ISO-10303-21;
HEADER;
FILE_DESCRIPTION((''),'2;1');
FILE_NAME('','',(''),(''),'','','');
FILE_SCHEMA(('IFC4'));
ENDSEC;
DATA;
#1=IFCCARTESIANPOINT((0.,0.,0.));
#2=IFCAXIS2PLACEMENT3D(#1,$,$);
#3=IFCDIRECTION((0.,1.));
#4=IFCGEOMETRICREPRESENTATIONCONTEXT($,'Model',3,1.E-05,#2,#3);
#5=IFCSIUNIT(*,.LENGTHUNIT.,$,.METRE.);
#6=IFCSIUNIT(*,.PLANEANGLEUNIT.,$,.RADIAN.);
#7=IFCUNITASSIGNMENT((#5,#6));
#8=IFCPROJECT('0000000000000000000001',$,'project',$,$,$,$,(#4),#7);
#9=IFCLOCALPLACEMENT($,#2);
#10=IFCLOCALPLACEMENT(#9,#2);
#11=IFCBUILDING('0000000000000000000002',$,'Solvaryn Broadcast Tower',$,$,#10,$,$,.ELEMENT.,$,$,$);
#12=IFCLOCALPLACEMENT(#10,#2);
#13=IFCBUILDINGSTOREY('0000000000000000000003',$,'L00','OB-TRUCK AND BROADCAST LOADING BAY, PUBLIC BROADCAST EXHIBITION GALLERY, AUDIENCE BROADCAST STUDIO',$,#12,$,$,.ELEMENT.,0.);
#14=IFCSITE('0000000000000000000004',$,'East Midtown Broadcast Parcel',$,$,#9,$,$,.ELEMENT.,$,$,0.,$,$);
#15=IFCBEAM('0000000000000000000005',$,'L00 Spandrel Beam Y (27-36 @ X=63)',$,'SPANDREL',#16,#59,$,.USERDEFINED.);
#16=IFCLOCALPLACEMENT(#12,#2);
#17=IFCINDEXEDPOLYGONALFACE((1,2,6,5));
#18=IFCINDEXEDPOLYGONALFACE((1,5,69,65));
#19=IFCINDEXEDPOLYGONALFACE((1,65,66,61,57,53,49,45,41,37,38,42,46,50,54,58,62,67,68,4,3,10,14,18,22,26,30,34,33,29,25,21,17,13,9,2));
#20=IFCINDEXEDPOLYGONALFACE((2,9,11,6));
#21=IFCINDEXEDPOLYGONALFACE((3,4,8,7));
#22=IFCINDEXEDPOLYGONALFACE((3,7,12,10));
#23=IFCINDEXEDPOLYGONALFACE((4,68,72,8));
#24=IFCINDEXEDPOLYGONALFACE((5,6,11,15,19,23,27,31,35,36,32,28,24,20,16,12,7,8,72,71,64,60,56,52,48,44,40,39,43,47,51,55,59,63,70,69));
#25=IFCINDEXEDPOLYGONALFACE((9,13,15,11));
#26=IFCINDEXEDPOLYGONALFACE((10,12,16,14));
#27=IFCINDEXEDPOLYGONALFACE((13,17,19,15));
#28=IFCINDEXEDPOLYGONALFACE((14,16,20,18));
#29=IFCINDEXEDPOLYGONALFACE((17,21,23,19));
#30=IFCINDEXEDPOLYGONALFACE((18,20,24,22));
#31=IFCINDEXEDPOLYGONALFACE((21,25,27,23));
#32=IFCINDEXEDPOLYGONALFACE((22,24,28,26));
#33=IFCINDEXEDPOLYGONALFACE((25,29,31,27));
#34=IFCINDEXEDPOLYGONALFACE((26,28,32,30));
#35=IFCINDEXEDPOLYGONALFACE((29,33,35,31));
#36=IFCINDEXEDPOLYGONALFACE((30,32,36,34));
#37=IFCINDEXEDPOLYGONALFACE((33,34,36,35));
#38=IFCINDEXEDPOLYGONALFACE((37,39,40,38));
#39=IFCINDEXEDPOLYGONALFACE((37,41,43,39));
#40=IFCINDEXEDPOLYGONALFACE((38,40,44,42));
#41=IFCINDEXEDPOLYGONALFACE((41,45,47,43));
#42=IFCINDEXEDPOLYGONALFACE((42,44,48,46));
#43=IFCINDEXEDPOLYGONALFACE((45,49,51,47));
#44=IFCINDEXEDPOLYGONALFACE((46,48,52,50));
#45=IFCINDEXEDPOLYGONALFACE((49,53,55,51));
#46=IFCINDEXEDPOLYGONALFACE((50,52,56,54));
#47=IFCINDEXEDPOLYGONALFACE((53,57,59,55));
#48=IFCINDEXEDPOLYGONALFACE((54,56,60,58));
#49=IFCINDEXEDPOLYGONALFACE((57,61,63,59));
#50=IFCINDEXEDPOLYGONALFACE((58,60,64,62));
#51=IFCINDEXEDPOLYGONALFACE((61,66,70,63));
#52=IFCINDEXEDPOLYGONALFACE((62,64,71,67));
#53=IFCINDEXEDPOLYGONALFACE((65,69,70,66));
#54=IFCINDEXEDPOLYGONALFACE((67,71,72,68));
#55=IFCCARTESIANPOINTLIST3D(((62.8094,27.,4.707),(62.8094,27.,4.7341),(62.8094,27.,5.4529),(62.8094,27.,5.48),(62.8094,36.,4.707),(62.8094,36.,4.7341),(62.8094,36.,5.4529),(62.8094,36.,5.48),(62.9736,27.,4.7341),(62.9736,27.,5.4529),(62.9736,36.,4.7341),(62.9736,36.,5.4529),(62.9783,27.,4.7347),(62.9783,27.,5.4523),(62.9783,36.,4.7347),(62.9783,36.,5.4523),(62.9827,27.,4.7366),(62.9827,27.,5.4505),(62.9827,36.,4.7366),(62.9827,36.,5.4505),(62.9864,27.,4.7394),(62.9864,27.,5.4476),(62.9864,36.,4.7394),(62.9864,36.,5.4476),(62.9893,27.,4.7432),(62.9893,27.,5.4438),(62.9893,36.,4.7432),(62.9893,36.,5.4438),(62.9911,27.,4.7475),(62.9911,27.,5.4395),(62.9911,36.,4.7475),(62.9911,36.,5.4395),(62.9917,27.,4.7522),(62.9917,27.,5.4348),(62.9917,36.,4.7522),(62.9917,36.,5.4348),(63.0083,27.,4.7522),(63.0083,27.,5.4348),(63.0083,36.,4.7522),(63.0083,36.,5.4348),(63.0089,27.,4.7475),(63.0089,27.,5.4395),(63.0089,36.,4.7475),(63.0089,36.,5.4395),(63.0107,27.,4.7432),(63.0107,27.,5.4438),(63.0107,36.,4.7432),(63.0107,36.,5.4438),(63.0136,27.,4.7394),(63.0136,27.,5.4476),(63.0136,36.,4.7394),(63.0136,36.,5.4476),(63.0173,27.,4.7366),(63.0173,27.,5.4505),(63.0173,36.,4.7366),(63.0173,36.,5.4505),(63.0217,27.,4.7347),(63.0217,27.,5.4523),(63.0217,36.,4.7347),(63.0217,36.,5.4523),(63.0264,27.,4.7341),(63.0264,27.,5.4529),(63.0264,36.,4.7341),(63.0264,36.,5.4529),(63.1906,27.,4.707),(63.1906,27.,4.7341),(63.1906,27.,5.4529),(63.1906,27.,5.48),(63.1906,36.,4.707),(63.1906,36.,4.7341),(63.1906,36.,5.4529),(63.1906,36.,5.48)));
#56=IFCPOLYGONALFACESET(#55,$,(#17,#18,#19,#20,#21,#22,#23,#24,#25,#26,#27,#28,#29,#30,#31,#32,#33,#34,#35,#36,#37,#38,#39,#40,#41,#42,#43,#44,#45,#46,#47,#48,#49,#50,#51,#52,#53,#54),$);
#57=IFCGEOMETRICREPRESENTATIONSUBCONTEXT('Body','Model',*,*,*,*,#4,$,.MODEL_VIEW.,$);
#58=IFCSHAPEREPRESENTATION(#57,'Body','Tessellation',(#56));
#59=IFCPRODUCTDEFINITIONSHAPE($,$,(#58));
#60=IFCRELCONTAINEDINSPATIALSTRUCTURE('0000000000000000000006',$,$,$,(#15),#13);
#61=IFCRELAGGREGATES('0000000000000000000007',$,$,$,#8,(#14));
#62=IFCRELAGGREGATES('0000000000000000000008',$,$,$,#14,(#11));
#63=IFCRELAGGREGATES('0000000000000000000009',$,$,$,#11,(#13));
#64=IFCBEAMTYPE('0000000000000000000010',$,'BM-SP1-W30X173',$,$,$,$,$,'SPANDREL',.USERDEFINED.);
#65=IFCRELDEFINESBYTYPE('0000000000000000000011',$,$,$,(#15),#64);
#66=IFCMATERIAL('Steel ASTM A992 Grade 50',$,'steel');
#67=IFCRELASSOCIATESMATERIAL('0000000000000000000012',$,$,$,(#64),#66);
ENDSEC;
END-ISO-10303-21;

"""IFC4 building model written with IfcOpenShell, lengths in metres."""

from ifc_helpers import new_model, si_unit, direction, frame, origin, origin_2d, place, context, subcontext, project, spatial, i_section, extrude, material, material_profile, profile_set, type_object, element, save


model = new_model("IFC4")

# Units and contexts
model_context = context("Model", 3, precision=1e-05, world=origin(), true_north=direction((0.0, 1.0)))
body_context = subcontext(model_context, "Body", "Model", "MODEL_VIEW")
ifc_project = project(units=[si_unit("LENGTHUNIT", "METRE"), si_unit("PLANEANGLEUNIT", "RADIAN")], contexts=[model_context])

# Site, building, storey
site_placement = place(None, origin())
site = spatial("IfcSite", under=ifc_project, at=site_placement, Name="East Midtown Broadcast Parcel", CompositionType="ELEMENT", RefElevation=0.0)
building_placement = place(site_placement, origin())
building = spatial("IfcBuilding", under=site, at=building_placement, Name="Solvaryn Broadcast Tower", CompositionType="ELEMENT")
storey_placement = place(building_placement, origin())
storey = spatial("IfcBuildingStorey", under=building, at=storey_placement, Name="L00", Description="OB-TRUCK AND BROADCAST LOADING BAY, PUBLIC BROADCAST EXHIBITION GALLERY, AUDIENCE BROADCAST STUDIO", CompositionType="ELEMENT", Elevation=0.0)

# Beam
ifc_material_1 = material(Name="Steel ASTM A992 Grade 50", Category="steel")
ifc_material_profile_1 = material_profile(ifc_material_1, i_section(OverallWidth=0.3811, OverallDepth=0.7729, WebThickness=0.0166, FlangeThickness=0.0271, FilletRadius=0.0181, at=origin_2d()))
ifc_profile_set_1 = profile_set([ifc_material_profile_1], Name="Steel ASTM A992 Grade 50")
beam_type_1 = type_object("IfcBeamType", Name="BM-SP1-W30X173", ElementType="SPANDREL", PredefinedType="USERDEFINED", material=ifc_profile_set_1)
beam_1_placement = place(storey_placement, frame((63.0, 27.0, 5.0935), z_axis=(0.0, 1.0, 0.0), x_axis=(-1.0, 0.0, 0.0)))
element("IfcBeam", 1, at=beam_1_placement, inside=storey, type_object=beam_type_1, Name="L00 Spandrel Beam Y (27-36 @ X=63)", ObjectType="SPANDREL", PredefinedType="USERDEFINED", context=body_context, shape_type="SweptSolid", body=[
    extrude(i_section(OverallWidth=0.3811, OverallDepth=0.7729, WebThickness=0.0166, FlangeThickness=0.0271, FilletRadius=0.0181, at=origin_2d()), origin(), (0.0, 0.0, 1.0), 9.0),
])

save(model, "model.ifc")
